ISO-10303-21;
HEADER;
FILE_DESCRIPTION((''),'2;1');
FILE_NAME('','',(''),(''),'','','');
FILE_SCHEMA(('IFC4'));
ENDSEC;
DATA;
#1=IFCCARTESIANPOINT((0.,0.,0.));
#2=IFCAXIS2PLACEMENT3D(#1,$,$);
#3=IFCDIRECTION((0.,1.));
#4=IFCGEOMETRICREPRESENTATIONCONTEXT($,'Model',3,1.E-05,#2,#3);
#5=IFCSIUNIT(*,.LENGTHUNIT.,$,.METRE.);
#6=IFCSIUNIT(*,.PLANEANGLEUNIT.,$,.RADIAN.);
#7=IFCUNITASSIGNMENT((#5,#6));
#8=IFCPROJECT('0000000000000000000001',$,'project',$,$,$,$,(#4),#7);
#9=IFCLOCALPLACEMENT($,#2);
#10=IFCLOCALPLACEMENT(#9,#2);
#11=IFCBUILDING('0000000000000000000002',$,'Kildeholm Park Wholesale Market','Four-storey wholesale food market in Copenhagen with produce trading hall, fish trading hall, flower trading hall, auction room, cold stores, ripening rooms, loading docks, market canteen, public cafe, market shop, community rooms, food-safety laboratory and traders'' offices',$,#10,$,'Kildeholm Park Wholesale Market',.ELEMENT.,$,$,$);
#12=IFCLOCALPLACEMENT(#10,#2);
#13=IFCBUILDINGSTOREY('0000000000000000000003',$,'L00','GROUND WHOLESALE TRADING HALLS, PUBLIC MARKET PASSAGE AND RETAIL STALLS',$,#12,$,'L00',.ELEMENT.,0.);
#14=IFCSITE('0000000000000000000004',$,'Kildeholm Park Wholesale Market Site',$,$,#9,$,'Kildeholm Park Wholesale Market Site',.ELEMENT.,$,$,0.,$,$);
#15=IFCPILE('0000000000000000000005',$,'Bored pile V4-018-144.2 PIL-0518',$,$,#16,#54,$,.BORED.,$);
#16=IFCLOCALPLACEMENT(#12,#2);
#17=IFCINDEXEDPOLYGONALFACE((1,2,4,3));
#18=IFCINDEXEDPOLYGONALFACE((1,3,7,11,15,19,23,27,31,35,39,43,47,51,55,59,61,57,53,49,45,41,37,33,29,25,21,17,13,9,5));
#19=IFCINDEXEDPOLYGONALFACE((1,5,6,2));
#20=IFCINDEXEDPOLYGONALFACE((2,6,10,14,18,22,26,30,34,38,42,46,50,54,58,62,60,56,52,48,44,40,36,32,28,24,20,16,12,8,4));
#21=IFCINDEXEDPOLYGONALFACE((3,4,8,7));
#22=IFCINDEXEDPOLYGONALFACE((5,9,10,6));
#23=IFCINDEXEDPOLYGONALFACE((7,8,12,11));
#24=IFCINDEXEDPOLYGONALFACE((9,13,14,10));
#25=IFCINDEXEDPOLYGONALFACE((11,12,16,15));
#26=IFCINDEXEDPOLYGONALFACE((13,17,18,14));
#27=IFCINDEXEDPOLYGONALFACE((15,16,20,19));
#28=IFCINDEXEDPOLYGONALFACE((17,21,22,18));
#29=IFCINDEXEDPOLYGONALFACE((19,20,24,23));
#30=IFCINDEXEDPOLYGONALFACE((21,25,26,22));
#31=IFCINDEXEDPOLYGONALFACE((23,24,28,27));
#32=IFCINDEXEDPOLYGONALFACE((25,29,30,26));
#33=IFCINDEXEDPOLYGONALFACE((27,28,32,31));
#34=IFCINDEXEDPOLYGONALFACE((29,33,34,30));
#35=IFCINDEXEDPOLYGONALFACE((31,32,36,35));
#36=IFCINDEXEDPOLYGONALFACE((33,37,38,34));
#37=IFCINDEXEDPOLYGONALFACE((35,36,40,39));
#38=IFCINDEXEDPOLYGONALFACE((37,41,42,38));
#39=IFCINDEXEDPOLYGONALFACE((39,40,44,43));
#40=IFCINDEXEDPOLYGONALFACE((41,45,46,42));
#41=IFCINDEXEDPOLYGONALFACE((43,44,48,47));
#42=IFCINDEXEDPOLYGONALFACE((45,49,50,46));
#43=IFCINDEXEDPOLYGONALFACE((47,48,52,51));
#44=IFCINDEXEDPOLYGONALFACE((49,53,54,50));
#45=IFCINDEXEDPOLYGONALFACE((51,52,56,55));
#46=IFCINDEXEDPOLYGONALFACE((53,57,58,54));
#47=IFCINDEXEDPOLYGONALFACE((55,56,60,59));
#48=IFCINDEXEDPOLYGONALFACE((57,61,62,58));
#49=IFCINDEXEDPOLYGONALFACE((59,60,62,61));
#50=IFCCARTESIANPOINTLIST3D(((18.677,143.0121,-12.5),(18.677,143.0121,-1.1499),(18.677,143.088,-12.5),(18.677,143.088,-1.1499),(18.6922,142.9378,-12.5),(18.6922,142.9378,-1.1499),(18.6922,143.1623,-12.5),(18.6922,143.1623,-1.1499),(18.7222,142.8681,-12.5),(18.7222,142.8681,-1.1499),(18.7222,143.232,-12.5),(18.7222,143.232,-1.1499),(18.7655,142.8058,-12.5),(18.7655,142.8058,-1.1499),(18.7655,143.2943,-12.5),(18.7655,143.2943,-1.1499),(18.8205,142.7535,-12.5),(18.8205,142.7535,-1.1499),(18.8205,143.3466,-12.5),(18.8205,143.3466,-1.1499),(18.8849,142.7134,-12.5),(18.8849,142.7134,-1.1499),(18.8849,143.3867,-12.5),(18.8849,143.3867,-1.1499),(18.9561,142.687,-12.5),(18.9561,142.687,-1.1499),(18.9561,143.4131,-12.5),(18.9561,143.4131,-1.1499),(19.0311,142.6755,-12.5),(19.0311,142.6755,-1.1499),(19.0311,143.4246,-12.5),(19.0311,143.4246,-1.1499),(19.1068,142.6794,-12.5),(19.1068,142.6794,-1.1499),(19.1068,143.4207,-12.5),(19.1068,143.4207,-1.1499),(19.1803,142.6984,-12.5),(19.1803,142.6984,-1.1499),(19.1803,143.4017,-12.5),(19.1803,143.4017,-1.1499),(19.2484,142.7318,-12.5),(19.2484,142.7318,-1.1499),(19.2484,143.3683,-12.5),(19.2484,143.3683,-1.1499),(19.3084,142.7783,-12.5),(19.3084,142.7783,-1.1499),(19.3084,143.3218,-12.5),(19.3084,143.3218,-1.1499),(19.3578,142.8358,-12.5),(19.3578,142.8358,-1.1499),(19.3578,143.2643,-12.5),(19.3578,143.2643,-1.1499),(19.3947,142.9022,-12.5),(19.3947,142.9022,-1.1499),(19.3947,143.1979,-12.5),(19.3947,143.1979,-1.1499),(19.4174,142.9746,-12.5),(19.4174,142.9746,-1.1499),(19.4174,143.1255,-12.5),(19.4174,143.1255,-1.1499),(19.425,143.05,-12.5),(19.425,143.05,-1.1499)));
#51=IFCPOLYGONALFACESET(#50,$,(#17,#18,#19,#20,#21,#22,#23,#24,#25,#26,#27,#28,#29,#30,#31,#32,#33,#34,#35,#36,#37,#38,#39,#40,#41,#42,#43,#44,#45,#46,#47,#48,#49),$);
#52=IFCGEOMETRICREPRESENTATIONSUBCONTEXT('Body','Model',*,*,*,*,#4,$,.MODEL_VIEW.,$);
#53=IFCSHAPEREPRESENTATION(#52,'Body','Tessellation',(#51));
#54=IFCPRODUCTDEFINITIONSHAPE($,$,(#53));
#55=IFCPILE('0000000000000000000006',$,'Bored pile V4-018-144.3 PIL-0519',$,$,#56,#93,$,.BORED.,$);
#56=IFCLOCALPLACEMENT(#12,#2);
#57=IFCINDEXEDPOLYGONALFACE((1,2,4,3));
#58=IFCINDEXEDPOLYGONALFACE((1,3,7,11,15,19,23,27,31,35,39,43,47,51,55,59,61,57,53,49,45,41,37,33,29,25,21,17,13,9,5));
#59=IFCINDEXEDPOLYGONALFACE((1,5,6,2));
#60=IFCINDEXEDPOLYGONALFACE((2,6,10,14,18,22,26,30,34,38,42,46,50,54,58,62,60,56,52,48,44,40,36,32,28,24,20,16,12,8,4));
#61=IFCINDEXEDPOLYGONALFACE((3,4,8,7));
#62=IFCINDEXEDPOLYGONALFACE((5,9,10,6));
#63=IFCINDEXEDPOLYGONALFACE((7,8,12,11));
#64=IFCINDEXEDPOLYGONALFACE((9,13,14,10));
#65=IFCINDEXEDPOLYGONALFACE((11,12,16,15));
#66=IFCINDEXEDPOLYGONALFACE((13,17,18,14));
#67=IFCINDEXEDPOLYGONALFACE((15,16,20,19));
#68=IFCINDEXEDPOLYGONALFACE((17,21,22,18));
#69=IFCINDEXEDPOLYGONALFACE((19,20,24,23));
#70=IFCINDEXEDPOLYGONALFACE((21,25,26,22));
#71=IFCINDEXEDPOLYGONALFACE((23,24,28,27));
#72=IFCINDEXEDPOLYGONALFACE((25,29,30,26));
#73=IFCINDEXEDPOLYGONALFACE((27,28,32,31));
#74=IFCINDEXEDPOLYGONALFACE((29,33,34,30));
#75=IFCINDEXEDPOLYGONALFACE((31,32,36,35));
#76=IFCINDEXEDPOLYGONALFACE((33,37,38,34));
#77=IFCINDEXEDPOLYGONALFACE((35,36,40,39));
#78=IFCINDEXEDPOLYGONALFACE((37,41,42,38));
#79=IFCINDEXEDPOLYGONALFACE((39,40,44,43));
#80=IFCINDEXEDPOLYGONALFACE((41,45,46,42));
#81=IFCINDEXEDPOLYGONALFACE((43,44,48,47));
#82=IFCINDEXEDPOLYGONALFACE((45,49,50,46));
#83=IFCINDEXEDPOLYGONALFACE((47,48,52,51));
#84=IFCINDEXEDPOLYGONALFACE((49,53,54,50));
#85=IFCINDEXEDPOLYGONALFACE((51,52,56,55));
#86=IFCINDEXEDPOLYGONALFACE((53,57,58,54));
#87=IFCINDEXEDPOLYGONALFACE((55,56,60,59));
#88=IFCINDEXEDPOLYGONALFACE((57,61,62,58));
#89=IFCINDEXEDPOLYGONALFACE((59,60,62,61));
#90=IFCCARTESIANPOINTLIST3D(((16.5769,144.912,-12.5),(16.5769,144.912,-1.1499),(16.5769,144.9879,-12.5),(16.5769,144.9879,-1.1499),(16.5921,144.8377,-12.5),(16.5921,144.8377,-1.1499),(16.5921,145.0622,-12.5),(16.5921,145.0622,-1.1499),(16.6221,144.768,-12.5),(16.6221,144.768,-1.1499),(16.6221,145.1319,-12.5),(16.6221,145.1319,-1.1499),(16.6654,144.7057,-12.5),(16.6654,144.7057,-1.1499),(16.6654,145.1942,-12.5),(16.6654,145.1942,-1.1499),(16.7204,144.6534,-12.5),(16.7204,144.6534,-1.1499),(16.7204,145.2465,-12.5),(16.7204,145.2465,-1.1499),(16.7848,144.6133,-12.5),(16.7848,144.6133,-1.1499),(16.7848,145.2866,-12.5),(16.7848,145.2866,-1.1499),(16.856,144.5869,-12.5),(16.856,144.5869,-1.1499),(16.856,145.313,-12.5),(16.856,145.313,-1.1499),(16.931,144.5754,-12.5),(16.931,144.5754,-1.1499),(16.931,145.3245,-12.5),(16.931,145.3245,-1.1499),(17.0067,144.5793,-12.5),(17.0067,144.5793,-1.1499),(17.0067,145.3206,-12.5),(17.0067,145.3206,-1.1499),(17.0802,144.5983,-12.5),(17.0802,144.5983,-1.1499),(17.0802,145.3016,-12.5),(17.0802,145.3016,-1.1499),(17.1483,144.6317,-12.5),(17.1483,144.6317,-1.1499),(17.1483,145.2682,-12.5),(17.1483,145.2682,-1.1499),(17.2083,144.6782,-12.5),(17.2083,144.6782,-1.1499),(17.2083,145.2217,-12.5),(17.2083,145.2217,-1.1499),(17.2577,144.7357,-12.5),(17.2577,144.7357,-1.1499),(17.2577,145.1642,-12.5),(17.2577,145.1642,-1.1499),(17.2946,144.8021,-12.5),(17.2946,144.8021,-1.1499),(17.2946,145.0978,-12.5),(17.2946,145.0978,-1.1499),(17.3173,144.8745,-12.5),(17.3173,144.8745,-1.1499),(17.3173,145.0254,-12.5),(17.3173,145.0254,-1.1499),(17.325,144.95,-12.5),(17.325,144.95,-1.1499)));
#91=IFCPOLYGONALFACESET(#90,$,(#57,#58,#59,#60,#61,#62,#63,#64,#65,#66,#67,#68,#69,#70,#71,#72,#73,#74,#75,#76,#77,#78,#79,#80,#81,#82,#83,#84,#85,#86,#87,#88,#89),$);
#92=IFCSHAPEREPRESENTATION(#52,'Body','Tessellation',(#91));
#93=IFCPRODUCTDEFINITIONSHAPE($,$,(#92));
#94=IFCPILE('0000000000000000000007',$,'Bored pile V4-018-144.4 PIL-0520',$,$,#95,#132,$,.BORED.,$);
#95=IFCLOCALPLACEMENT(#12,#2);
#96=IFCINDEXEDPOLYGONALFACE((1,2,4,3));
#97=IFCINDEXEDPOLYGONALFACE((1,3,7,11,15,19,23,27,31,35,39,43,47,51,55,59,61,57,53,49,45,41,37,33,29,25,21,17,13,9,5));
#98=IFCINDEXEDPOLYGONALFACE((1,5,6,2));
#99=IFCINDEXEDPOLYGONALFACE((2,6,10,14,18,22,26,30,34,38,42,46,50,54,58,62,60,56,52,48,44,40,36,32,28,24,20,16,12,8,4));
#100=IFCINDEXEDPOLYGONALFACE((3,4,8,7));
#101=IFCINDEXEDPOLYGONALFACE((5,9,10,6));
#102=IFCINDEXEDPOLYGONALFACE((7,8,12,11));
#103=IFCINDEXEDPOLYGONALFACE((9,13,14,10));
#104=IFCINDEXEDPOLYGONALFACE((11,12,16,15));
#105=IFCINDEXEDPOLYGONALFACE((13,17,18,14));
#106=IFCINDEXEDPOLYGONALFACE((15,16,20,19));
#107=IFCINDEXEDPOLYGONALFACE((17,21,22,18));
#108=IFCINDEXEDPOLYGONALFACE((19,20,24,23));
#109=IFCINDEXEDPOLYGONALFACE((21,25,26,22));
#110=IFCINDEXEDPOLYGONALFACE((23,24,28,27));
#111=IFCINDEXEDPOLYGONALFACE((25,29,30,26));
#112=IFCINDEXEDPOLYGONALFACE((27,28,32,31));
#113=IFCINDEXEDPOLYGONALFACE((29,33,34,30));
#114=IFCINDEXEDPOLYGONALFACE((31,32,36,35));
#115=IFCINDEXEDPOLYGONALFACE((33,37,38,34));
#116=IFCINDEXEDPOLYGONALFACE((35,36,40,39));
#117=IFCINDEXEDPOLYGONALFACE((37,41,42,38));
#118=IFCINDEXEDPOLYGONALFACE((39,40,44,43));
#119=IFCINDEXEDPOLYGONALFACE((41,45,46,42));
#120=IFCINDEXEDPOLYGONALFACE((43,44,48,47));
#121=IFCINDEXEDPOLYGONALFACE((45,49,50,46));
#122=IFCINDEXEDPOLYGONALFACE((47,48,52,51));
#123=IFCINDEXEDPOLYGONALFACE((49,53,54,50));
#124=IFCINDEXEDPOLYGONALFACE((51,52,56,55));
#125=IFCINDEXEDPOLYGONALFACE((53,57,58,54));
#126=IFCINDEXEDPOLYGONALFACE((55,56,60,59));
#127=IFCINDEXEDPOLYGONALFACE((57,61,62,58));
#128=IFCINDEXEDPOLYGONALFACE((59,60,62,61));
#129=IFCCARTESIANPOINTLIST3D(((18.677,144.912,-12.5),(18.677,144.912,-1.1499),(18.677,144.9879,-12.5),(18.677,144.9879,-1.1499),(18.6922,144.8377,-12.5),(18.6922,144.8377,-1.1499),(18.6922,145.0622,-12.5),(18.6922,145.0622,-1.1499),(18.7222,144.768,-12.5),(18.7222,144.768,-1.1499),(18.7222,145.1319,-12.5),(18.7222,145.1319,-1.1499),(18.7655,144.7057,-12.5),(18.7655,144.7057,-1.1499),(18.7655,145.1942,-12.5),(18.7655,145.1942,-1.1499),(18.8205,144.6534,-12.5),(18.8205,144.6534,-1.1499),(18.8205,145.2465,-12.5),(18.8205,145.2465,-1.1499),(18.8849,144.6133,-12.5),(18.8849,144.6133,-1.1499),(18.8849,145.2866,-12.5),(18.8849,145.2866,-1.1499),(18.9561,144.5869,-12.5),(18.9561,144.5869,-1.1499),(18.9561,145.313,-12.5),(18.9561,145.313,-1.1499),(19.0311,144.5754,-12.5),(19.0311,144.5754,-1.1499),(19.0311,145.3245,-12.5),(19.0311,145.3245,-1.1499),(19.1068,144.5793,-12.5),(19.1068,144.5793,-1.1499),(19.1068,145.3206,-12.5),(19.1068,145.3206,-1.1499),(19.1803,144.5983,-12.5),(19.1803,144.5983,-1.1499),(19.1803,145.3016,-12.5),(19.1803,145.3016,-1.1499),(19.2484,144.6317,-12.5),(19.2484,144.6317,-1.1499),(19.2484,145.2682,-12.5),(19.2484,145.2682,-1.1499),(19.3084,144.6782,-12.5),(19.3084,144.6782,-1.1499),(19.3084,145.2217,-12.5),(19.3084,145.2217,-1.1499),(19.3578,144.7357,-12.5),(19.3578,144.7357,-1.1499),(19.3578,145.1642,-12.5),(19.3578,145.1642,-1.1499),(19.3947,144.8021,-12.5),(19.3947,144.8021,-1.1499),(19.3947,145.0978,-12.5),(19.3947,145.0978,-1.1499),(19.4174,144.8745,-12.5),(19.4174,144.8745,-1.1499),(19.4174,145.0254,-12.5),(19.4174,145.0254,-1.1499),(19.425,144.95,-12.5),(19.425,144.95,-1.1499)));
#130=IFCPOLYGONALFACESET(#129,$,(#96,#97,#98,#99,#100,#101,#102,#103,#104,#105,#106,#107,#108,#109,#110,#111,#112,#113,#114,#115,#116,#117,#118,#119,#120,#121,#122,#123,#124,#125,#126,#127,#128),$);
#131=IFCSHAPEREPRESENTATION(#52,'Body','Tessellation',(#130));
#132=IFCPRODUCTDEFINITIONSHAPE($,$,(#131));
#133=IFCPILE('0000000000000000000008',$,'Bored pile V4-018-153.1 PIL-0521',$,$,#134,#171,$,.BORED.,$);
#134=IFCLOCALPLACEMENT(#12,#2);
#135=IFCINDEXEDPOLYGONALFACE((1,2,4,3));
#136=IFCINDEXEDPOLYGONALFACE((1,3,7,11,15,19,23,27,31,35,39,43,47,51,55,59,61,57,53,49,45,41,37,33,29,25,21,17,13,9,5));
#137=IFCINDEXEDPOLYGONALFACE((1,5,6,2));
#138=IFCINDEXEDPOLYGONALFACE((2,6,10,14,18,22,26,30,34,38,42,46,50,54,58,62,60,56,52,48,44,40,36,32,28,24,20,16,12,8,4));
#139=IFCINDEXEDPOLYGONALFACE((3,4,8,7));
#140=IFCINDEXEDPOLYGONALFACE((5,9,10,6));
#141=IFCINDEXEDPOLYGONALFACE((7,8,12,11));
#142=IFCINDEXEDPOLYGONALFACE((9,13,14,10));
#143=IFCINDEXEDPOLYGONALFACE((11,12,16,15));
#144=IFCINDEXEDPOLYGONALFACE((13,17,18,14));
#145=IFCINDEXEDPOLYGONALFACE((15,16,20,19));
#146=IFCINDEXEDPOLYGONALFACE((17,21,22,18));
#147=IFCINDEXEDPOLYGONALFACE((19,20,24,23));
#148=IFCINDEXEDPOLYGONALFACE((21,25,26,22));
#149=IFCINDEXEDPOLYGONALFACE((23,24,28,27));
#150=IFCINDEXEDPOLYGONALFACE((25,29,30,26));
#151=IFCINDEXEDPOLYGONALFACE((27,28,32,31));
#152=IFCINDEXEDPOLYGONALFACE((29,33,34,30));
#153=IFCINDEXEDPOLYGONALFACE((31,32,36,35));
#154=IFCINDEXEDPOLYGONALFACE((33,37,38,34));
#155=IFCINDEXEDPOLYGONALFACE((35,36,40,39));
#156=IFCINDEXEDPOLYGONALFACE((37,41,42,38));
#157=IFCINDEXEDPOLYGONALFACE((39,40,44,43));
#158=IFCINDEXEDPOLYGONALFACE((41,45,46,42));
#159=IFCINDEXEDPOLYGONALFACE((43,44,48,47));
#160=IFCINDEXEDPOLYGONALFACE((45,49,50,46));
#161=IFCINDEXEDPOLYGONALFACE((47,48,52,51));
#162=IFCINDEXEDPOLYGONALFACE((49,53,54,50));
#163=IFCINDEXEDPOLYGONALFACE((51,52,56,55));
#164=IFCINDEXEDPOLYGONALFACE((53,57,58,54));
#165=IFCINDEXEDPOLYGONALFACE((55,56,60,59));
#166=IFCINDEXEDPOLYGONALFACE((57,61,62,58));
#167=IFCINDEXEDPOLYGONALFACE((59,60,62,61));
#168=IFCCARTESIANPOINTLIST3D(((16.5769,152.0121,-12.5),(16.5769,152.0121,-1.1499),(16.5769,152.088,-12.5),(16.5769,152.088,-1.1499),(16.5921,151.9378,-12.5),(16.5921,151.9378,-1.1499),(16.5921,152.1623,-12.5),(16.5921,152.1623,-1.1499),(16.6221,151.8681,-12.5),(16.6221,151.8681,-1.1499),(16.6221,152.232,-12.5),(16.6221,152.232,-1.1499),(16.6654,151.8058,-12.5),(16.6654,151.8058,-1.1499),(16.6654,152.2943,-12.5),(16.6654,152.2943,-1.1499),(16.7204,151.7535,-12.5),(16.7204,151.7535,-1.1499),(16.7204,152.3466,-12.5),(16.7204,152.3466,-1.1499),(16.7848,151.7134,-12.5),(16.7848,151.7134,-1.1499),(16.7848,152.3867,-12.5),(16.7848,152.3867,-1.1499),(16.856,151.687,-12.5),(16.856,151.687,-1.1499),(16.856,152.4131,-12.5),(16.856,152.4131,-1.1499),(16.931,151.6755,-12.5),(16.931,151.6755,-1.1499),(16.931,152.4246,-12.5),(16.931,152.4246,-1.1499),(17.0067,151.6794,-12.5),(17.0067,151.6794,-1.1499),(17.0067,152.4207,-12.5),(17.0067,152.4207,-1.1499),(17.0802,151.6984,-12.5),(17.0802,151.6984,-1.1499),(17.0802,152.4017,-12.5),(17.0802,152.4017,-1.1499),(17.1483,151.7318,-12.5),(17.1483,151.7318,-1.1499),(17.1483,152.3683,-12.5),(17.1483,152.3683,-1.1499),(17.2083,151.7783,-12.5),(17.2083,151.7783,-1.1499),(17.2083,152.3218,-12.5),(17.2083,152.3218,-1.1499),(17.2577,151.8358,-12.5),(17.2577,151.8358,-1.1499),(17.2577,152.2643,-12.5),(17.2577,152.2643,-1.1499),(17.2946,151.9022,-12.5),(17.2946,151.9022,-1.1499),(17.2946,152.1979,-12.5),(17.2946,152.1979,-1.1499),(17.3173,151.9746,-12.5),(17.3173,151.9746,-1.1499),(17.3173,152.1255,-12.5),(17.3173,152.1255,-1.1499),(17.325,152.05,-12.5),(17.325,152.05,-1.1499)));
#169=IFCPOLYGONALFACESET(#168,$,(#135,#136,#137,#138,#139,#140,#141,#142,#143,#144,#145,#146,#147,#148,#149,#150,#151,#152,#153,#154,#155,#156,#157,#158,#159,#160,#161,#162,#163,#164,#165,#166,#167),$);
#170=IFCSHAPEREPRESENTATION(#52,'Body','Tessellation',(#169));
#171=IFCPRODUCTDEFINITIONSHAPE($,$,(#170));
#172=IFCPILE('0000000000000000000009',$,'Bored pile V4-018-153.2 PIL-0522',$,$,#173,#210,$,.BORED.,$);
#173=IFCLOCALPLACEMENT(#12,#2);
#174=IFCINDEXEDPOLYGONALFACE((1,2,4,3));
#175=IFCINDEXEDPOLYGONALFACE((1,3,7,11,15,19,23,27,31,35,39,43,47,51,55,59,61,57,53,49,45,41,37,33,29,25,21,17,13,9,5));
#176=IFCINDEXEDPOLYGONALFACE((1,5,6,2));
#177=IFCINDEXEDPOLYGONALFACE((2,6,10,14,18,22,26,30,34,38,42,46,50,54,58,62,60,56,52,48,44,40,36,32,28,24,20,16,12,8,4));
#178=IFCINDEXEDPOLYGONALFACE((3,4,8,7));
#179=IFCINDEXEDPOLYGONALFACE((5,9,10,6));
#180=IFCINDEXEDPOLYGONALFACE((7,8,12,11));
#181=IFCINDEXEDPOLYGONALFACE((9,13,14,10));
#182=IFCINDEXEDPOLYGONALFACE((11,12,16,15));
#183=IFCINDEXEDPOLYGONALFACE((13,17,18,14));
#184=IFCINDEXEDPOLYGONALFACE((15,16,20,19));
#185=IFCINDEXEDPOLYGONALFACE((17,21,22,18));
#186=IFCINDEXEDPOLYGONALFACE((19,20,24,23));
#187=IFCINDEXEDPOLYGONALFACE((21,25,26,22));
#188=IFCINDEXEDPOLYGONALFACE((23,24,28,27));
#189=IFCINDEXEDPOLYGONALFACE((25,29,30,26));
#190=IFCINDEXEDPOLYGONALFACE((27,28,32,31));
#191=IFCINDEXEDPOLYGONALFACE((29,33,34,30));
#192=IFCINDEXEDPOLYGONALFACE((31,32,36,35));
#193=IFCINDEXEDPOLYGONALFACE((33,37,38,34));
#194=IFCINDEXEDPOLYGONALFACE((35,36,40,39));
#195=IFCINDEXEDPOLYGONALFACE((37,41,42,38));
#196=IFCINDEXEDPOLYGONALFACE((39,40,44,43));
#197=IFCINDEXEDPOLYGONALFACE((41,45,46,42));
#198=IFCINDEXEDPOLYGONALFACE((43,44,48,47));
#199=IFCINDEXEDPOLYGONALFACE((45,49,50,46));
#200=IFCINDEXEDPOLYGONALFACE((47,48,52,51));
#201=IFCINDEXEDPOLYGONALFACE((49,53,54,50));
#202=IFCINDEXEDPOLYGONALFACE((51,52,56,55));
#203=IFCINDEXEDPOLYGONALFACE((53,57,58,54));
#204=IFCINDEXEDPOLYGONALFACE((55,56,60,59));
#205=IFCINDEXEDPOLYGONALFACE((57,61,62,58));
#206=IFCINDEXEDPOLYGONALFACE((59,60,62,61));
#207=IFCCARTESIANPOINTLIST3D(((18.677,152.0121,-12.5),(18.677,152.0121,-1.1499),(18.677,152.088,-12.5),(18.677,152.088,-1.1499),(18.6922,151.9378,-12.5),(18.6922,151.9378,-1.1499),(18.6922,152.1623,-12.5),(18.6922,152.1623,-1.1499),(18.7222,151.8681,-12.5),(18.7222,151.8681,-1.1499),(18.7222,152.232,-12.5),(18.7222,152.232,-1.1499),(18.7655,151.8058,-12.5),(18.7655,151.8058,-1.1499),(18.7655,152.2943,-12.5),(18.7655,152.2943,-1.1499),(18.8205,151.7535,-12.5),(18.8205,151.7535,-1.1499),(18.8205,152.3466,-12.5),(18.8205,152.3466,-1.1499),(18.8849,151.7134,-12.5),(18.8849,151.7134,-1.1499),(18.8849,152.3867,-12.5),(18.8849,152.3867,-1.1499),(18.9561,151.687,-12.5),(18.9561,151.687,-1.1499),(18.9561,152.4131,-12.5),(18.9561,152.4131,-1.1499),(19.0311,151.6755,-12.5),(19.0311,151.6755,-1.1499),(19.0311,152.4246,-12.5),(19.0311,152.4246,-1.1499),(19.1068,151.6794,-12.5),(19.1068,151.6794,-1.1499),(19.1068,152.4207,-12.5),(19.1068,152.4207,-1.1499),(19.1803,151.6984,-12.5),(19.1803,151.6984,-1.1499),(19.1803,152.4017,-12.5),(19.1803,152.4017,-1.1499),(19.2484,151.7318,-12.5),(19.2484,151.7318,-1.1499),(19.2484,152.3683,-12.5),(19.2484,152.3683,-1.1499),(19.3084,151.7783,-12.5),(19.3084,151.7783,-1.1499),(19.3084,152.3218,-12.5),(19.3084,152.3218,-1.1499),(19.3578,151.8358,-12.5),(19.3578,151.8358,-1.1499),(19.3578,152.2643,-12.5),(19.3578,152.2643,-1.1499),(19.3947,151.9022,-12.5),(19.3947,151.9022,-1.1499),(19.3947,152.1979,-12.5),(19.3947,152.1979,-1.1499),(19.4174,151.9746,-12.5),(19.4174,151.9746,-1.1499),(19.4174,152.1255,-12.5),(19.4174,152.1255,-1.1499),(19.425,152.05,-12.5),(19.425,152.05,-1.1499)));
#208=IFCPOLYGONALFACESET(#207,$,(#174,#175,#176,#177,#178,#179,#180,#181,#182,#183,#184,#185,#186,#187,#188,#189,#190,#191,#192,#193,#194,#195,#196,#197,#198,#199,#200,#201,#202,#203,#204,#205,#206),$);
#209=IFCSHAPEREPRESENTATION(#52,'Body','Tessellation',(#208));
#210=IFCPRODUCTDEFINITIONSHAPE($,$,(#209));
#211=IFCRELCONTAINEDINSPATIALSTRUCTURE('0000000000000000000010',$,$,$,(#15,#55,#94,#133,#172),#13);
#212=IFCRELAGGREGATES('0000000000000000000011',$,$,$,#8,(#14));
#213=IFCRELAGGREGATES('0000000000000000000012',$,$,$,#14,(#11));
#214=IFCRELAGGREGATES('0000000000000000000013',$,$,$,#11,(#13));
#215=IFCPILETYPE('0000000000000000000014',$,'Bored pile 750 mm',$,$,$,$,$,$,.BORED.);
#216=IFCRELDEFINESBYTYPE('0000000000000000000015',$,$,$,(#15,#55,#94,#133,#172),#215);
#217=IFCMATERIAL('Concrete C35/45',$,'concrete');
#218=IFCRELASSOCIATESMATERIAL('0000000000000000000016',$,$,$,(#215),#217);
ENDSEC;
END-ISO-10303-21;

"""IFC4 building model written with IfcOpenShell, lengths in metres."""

from ifc_helpers import new_model, si_unit, direction, frame, origin, origin_2d, place, context, subcontext, project, spatial, circle, extrude, material, material_profile, profile_set, type_object, element, save


model = new_model("IFC4")

# Units and contexts
model_context = context("Model", 3, precision=1e-05, world=origin(), true_north=direction((0.0, 1.0)))
body_context = subcontext(model_context, "Body", "Model", "MODEL_VIEW")
ifc_project = project(units=[si_unit("LENGTHUNIT", "METRE"), si_unit("PLANEANGLEUNIT", "RADIAN")], contexts=[model_context])

# Site, building, storey
site_placement = place(None, origin())
site = spatial("IfcSite", under=ifc_project, at=site_placement, Name="Kildeholm Park Wholesale Market Site", LongName="Kildeholm Park Wholesale Market Site", CompositionType="ELEMENT", RefElevation=0.0)
building_placement = place(site_placement, origin())
building = spatial("IfcBuilding", under=site, at=building_placement, Name="Kildeholm Park Wholesale Market", Description="Four-storey wholesale food market in Copenhagen with produce trading hall, fish trading hall, flower trading hall, auction room, cold stores, ripening rooms, loading docks, market canteen, public cafe, market shop, community rooms, food-safety laboratory and traders' offices", LongName="Kildeholm Park Wholesale Market", CompositionType="ELEMENT")
storey_placement = place(building_placement, origin())
storey = spatial("IfcBuildingStorey", under=building, at=storey_placement, Name="L00", Description="GROUND WHOLESALE TRADING HALLS, PUBLIC MARKET PASSAGE AND RETAIL STALLS", LongName="L00", CompositionType="ELEMENT", Elevation=0.0)

# Piles
ifc_material_1 = material(Name="Concrete C35/45", Category="concrete")
ifc_material_profile_1 = material_profile(ifc_material_1, circle(Radius=0.375, at=origin_2d()), Name="PILE D750")
ifc_profile_set_1 = profile_set([ifc_material_profile_1], Name="Concrete C35/45")
pile_type = type_object("IfcPileType", Name="Bored pile 750 mm", PredefinedType="BORED", material=ifc_profile_set_1)
for number, where, z_axis, x_axis, name in (
    (1, (19.05, 143.05, -1.1499), (0.0, 0.0, -1.0), (1.0, 0.0, 0.0), "Bored pile V4-018-144.2 PIL-0518"),
    (2, (16.95, 144.95, -1.1499), (0.0, 0.0, -1.0), (1.0, 0.0, 0.0), "Bored pile V4-018-144.3 PIL-0519"),
    (3, (19.05, 144.95, -1.1499), (0.0, 0.0, -1.0), (1.0, 0.0, 0.0), "Bored pile V4-018-144.4 PIL-0520"),
    (4, (16.95, 152.05, -1.1499), (0.0, 0.0, -1.0), (1.0, 0.0, 0.0), "Bored pile V4-018-153.1 PIL-0521"),
    (5, (19.05, 152.05, -1.1499), (0.0, 0.0, -1.0), (1.0, 0.0, 0.0), "Bored pile V4-018-153.2 PIL-0522"),
):
    element("IfcPile", number, at=place(storey_placement, frame(where, z_axis=z_axis, x_axis=x_axis)), inside=storey, type_object=pile_type, Name=name, PredefinedType="BORED", context=body_context, shape_type="SweptSolid", body=[
        extrude(circle(Radius=0.375, at=origin_2d()), origin(), (0.0, 0.0, 1.0), 11.3501),
    ])

save(model, "model.ifc")
